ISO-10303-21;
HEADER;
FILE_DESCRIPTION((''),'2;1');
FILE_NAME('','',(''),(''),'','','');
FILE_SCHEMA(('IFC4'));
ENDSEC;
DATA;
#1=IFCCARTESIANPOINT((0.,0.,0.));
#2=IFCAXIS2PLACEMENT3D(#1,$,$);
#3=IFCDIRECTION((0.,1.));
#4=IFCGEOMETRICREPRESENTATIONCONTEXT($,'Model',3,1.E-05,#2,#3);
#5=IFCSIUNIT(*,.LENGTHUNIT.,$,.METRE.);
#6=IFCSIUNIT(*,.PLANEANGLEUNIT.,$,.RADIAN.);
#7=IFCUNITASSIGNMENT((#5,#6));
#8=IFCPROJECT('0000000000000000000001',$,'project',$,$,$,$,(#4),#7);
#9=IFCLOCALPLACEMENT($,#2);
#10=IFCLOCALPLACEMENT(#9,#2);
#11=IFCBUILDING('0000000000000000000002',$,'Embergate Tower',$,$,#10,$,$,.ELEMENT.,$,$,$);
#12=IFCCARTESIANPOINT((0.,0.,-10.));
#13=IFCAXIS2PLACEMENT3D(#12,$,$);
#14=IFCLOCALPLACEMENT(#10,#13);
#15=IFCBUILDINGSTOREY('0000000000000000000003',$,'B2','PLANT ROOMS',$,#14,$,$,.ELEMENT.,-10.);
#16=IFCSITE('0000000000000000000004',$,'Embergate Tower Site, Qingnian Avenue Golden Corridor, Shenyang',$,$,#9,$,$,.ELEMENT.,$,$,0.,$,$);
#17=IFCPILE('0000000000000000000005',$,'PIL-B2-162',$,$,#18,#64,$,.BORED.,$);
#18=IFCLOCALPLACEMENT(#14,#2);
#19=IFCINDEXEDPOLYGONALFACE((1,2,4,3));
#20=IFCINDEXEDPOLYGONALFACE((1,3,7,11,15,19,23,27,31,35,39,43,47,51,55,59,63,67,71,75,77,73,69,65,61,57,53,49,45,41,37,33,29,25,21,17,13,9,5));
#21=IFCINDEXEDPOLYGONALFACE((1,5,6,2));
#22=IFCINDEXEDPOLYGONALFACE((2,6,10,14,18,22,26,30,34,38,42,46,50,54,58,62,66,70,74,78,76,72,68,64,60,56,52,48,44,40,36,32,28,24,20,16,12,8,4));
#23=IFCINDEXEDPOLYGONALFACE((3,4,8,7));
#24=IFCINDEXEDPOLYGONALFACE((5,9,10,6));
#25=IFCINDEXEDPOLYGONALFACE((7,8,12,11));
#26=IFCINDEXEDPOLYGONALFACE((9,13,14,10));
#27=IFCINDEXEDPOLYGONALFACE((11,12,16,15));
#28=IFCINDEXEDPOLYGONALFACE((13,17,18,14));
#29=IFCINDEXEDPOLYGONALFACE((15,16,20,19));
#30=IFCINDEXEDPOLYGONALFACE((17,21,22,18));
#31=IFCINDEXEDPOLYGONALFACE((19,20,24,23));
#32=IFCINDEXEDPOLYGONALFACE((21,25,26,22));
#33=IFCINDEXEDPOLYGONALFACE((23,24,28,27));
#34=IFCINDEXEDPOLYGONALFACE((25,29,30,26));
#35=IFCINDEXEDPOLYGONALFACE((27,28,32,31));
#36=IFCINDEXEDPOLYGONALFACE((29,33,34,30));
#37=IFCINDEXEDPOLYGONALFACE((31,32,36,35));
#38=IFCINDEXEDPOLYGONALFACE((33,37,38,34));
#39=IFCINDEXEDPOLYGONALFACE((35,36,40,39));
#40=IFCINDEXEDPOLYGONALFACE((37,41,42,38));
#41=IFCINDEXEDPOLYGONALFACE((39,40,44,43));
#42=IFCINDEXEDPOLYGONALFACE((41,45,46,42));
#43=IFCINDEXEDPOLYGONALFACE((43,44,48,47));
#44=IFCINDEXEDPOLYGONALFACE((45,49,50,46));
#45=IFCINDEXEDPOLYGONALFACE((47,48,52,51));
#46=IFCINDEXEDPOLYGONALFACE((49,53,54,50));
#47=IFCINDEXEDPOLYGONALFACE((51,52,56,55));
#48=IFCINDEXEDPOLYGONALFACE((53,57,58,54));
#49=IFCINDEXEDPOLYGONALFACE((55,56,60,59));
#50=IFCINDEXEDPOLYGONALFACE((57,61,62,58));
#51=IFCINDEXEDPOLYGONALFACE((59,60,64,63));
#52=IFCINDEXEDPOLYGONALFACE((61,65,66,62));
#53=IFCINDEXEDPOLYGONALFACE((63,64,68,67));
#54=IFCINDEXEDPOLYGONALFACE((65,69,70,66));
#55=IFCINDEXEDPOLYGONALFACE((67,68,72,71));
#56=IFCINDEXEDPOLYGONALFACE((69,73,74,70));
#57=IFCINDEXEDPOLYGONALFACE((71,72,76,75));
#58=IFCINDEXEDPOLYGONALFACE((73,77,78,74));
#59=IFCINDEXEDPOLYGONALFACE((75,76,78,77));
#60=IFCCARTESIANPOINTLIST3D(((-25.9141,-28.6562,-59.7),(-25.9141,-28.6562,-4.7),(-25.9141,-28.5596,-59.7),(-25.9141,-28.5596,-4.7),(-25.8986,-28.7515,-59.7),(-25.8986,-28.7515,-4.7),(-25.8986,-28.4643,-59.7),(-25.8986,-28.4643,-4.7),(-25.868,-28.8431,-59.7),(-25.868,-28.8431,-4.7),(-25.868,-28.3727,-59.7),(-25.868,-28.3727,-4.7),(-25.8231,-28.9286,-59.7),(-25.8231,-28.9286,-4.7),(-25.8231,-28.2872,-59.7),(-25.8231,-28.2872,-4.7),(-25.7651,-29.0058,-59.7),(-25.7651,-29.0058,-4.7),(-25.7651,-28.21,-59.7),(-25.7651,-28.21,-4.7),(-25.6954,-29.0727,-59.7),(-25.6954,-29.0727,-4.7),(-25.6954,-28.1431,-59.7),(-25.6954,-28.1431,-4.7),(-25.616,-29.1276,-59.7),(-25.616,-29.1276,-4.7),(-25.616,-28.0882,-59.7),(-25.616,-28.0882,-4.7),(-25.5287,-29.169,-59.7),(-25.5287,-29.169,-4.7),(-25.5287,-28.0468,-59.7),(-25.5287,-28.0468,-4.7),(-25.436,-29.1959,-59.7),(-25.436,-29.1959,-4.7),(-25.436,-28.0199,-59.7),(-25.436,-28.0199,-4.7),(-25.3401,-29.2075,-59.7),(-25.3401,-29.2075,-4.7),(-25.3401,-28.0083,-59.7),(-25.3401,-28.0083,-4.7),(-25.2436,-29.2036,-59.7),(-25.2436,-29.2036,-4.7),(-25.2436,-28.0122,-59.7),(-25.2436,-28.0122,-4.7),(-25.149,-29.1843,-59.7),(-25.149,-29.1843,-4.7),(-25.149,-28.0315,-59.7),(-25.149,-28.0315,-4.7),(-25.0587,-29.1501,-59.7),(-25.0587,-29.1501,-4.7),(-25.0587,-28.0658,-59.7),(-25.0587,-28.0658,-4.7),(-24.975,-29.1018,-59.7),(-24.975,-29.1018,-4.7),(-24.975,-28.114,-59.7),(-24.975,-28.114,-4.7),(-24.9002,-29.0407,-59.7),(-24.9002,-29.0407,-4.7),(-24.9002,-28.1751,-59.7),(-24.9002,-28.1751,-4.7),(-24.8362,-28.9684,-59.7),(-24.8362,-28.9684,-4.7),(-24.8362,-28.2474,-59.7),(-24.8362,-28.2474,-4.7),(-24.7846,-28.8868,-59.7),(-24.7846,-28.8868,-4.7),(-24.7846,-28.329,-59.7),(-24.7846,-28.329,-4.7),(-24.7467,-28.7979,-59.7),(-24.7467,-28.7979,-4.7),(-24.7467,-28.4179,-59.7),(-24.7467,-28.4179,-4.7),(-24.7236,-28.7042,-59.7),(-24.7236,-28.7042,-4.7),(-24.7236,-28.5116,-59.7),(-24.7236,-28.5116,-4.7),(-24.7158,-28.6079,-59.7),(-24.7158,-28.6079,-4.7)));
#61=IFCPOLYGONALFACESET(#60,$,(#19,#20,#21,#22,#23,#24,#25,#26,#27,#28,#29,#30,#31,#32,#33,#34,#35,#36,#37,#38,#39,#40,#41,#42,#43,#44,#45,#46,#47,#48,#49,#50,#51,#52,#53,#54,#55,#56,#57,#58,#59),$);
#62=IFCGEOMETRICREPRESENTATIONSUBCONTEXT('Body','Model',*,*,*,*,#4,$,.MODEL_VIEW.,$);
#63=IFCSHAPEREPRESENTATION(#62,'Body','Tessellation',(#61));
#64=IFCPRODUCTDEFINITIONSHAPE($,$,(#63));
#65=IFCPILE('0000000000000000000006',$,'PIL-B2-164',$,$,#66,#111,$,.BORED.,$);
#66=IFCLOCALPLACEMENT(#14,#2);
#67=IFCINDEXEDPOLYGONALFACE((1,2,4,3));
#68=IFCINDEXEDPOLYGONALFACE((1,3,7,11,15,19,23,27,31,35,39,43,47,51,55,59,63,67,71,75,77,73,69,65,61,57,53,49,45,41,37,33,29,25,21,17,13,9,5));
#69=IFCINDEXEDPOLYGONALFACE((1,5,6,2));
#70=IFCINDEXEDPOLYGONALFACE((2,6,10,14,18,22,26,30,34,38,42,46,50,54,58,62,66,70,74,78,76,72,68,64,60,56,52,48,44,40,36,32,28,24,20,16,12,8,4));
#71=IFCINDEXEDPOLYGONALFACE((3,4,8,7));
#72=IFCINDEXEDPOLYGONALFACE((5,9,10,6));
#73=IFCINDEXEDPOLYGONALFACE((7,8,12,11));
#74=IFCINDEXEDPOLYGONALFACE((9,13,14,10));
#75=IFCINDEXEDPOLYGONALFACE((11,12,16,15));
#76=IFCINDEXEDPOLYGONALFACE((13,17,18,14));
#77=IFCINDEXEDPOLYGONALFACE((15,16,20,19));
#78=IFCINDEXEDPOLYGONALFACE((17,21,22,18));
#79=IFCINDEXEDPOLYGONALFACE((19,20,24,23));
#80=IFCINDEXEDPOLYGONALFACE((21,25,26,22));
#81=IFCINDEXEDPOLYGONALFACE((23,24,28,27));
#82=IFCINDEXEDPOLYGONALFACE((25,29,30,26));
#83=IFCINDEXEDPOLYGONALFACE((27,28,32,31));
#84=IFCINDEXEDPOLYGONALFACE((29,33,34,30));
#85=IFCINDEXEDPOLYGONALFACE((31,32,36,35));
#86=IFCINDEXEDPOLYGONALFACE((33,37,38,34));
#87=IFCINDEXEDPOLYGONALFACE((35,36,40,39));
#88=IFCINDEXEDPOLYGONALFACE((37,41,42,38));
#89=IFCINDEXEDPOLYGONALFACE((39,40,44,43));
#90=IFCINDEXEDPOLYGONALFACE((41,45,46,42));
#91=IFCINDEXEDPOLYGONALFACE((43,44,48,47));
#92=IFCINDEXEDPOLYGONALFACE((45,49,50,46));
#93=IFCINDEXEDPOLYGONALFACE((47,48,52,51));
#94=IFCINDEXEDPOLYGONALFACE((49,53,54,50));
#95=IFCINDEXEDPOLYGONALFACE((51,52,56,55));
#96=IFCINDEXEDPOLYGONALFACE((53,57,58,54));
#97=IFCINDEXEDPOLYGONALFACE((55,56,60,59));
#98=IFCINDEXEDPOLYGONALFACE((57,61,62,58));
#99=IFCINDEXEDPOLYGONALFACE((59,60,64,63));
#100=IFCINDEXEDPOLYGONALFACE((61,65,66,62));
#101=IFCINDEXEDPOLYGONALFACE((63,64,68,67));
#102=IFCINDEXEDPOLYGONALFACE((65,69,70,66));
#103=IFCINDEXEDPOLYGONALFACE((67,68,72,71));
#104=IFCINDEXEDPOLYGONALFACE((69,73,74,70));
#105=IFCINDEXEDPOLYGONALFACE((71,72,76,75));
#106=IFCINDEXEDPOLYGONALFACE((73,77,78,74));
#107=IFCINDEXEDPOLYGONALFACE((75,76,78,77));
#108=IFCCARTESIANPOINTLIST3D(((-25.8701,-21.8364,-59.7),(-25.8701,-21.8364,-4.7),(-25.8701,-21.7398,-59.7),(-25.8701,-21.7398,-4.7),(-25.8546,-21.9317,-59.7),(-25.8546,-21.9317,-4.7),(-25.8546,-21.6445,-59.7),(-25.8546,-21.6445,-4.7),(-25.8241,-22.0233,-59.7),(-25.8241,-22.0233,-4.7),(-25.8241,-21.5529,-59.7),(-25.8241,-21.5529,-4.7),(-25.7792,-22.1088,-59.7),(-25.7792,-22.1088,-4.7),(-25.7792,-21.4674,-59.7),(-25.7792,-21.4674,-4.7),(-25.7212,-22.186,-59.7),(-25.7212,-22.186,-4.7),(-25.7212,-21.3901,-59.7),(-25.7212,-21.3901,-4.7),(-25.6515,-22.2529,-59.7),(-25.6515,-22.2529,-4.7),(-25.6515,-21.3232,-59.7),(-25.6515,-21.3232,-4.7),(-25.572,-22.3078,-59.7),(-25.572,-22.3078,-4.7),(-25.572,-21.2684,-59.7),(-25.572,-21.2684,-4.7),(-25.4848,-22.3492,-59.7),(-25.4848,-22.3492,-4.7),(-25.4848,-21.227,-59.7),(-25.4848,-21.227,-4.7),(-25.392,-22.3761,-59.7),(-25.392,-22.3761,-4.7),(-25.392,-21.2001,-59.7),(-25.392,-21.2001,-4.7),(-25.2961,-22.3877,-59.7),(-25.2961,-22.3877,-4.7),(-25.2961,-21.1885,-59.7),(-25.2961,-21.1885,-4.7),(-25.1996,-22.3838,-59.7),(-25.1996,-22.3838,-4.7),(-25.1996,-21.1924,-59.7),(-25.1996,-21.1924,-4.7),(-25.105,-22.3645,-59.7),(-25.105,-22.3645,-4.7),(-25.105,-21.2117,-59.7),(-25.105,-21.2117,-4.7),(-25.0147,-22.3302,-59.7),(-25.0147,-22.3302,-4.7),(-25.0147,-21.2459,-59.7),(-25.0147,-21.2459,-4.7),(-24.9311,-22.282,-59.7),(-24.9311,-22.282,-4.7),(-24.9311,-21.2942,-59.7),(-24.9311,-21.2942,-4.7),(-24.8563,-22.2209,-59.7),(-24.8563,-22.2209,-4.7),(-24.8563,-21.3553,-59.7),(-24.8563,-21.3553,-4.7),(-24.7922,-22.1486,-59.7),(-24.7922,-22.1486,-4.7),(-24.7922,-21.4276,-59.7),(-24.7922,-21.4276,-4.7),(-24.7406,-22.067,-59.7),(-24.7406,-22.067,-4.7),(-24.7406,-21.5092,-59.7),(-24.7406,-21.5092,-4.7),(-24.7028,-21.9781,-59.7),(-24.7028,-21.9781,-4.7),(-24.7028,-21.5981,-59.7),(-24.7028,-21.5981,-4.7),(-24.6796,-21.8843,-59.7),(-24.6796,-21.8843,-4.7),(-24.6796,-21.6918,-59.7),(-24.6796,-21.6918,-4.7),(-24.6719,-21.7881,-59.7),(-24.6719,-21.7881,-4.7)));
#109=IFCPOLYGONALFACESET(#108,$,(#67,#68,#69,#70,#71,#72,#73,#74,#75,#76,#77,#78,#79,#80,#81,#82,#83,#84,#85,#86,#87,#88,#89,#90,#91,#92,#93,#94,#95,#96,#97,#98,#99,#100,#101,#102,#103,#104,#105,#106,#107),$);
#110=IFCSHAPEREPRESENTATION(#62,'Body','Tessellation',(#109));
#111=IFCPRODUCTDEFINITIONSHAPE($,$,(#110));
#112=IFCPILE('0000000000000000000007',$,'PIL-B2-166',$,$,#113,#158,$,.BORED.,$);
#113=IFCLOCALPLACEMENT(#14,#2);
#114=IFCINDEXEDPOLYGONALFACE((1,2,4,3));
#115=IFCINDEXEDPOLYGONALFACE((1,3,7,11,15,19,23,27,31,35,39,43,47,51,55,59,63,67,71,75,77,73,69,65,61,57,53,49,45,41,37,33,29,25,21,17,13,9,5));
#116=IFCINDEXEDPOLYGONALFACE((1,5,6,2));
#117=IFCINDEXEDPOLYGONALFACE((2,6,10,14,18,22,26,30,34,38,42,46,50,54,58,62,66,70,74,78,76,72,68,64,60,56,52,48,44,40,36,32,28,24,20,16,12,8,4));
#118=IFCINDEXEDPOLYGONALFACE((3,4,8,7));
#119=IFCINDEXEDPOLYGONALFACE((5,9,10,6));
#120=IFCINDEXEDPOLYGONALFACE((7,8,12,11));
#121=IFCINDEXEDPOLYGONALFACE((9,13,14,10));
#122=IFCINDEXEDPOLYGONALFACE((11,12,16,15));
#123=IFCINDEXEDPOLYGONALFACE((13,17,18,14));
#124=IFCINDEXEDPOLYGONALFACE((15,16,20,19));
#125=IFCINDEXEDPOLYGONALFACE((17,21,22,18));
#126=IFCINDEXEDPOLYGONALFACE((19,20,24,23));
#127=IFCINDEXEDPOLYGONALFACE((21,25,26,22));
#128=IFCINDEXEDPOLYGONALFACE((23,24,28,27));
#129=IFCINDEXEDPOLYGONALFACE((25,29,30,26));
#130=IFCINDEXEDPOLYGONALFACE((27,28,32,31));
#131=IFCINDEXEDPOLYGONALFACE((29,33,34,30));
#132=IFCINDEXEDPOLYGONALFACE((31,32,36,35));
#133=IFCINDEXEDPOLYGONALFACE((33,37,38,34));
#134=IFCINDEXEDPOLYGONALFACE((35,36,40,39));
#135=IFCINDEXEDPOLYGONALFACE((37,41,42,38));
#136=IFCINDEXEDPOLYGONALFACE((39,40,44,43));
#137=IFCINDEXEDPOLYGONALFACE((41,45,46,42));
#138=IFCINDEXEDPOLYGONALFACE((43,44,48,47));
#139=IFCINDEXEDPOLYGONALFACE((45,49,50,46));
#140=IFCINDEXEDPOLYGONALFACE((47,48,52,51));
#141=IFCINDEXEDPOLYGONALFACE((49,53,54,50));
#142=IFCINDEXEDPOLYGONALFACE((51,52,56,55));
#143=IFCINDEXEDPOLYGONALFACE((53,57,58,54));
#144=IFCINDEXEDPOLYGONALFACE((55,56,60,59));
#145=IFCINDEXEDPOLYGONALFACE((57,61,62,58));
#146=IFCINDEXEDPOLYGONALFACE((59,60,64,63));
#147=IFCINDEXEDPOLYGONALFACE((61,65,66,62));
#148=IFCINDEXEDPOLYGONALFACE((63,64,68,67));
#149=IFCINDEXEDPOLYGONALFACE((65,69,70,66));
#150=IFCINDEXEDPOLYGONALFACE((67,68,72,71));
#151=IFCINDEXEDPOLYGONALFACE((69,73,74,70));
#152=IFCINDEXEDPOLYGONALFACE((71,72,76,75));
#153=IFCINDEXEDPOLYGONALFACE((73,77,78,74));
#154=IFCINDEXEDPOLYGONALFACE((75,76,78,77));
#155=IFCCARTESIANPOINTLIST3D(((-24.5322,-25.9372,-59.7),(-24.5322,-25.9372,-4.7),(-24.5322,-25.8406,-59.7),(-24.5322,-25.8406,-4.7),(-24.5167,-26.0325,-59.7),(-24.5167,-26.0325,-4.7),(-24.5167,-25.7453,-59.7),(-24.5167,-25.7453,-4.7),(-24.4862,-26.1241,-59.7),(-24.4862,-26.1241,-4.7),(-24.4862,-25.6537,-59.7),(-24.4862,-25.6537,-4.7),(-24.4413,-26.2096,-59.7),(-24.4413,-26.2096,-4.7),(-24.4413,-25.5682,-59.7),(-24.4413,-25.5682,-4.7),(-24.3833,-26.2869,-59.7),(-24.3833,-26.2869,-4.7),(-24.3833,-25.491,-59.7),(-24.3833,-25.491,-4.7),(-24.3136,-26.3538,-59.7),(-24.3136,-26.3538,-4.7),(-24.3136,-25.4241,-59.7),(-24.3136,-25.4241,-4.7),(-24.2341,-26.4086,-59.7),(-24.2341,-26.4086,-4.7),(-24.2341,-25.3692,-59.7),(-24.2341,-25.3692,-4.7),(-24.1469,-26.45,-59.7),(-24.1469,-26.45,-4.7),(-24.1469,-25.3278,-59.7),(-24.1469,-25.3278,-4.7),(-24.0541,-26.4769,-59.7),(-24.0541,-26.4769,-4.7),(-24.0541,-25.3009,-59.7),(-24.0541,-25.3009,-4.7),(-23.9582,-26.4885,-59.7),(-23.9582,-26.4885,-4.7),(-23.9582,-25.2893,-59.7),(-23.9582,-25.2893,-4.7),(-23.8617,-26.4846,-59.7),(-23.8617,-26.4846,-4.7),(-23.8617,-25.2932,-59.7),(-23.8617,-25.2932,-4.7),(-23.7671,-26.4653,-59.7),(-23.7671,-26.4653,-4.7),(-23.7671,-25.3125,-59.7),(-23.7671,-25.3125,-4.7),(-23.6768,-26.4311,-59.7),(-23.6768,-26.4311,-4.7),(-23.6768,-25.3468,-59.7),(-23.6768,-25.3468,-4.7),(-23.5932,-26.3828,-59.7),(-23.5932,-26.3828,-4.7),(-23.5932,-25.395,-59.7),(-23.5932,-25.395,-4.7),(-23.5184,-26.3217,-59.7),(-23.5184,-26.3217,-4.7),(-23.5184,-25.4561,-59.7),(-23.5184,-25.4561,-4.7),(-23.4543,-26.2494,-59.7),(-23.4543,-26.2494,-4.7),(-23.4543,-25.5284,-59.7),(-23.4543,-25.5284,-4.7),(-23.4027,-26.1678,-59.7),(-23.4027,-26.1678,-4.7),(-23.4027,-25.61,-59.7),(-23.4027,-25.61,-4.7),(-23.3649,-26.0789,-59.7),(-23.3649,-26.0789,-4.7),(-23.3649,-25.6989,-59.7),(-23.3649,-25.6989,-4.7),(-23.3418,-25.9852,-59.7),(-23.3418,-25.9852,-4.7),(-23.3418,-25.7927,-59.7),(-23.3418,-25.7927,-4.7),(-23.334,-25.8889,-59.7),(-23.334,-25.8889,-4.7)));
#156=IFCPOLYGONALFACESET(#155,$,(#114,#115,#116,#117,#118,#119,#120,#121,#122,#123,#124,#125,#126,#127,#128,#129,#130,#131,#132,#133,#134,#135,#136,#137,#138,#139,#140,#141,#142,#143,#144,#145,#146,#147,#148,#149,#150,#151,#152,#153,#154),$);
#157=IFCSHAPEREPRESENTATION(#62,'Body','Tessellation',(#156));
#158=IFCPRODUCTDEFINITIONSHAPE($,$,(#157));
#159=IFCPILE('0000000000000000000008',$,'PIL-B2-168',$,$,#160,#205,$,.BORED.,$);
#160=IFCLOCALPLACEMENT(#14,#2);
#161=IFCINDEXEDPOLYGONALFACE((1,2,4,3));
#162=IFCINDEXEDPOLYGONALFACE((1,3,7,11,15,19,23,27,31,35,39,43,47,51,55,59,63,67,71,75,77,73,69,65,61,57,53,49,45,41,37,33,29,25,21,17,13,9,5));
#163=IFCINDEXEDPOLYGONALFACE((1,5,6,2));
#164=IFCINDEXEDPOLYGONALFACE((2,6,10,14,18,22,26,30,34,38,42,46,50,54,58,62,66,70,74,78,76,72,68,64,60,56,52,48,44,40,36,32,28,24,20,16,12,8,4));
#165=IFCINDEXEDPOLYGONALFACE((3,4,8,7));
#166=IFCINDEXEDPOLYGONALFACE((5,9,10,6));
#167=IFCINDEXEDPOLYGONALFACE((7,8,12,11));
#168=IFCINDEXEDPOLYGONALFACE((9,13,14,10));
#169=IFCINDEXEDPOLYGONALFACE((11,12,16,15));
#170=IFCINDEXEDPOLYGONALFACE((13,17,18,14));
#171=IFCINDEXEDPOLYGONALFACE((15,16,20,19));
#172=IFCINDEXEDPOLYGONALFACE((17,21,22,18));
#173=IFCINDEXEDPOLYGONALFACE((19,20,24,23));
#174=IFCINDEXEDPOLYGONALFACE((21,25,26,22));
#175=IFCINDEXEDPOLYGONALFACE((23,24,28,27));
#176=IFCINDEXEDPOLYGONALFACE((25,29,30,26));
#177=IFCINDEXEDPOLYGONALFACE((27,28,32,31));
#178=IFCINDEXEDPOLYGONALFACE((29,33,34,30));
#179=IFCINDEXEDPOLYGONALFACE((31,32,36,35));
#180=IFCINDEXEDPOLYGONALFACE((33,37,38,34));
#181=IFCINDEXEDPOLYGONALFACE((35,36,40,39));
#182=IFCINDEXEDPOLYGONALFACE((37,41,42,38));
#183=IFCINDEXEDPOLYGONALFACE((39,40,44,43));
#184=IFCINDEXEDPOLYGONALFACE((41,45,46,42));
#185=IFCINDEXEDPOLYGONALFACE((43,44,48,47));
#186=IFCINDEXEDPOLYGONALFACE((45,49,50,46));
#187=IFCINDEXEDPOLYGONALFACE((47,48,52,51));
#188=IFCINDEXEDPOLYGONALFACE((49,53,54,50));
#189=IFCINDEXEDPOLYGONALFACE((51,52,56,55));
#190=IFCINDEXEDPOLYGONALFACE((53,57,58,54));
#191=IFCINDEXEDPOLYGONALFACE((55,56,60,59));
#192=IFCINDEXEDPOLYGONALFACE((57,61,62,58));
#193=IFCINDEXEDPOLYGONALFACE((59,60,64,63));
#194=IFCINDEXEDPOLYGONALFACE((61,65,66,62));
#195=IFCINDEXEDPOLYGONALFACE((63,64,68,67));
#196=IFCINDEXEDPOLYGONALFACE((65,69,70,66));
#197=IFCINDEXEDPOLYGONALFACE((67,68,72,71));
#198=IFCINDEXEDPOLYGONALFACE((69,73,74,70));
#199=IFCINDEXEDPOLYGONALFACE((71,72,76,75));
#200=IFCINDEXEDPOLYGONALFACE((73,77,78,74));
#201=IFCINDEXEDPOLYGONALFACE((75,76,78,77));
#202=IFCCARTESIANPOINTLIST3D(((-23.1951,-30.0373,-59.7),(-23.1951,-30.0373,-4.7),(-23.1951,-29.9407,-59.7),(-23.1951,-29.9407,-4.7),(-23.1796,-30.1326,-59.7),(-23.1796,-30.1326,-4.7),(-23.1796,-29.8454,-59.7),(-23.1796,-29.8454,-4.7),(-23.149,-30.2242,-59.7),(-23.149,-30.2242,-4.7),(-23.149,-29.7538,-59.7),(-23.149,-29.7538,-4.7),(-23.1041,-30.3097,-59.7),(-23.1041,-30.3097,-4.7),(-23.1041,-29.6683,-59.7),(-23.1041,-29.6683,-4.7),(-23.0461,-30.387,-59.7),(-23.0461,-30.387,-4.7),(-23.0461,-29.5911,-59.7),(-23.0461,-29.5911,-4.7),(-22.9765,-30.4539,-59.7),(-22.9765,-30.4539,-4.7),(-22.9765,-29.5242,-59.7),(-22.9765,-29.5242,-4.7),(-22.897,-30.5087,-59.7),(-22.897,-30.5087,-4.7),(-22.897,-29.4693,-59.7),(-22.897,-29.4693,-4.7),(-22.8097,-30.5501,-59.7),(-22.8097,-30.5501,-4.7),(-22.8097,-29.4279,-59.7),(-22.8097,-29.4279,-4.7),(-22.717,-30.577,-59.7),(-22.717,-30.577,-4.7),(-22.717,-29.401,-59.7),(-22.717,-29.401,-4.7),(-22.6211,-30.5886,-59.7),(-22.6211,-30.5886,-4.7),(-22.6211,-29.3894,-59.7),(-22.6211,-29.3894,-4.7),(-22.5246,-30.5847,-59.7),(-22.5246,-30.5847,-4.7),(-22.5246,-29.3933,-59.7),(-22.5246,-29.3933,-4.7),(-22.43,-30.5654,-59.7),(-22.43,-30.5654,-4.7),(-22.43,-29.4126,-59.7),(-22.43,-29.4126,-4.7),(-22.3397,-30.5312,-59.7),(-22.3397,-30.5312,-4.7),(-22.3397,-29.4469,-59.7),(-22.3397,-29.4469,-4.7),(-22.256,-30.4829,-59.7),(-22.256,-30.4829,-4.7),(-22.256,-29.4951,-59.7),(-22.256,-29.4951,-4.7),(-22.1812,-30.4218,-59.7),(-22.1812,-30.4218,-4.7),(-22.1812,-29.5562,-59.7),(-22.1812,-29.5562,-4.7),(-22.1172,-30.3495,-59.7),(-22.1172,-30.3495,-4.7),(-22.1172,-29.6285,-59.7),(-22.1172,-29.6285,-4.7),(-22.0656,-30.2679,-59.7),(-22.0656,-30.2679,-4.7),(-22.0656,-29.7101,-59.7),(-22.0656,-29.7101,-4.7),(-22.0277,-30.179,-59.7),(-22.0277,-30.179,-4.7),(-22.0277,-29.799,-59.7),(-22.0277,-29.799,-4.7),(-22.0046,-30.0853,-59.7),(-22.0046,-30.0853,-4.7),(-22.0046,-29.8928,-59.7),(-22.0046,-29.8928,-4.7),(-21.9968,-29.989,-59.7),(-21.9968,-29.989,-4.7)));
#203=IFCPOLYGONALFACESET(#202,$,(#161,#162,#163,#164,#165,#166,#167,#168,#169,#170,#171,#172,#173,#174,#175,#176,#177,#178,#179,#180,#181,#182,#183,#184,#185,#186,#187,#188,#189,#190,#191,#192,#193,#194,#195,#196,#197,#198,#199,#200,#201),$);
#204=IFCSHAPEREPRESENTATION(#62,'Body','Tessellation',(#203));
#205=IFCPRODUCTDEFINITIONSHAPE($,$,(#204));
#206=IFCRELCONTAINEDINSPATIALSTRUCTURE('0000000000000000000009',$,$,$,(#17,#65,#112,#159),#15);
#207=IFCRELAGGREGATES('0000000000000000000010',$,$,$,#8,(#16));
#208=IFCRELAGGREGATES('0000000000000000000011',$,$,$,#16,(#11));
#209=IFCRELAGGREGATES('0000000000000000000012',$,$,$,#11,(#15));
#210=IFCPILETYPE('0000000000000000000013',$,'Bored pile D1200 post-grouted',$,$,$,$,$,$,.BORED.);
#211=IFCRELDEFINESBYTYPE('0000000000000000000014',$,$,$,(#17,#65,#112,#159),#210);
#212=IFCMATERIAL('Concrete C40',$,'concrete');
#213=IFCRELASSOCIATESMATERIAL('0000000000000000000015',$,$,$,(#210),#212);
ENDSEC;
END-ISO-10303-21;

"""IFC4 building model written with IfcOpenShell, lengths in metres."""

from ifc_helpers import new_model, si_unit, direction, frame, origin, origin_2d, place, context, subcontext, project, spatial, circle, extrude, source, transform, mapped, material, material_profile, profile_set, type_object, element, save


model = new_model("IFC4")

# Units and contexts
model_context = context("Model", 3, precision=1e-05, world=origin(), true_north=direction((0.0, 1.0)))
body_context = subcontext(model_context, "Body", "Model", "MODEL_VIEW")
ifc_project = project(units=[si_unit("LENGTHUNIT", "METRE"), si_unit("PLANEANGLEUNIT", "RADIAN")], contexts=[model_context])

# Site, building, storey
site_placement = place(None, origin())
site = spatial("IfcSite", under=ifc_project, at=site_placement, Name="Embergate Tower Site, Qingnian Avenue Golden Corridor, Shenyang", CompositionType="ELEMENT", RefElevation=0.0)
building_placement = place(site_placement, origin())
building = spatial("IfcBuilding", under=site, at=building_placement, Name="Embergate Tower", CompositionType="ELEMENT")
storey_placement = place(building_placement, frame((0.0, 0.0, -10.0)))
storey = spatial("IfcBuildingStorey", under=building, at=storey_placement, Name="B2", Description="PLANT ROOMS", CompositionType="ELEMENT", Elevation=-10.0)

# Piles
ifc_material_1 = material(Name="Concrete C40", Category="concrete")
ifc_material_profile = material_profile(ifc_material_1, circle(Radius=0.6001, at=origin_2d()), Name="D1200")
ifc_profile_set = profile_set([ifc_material_profile], Name="Concrete C40")
pile_type = type_object("IfcPileType", Name="Bored pile D1200 post-grouted", PredefinedType="BORED", material=ifc_profile_set)
shared_shape_1 = source(origin(), body_context, "Body", "SweptSolid", [
    extrude(circle(Radius=0.6001, at=origin_2d()), origin(), (0.0, 0.0, 1.0), 55.0),
])
for number, where, z_axis, x_axis, name in (
    (1, (-25.3159, -28.6079, -4.7), (0.0, 0.0, -1.0), (1.0, 0.0, 0.0), "PIL-B2-162"),
    (2, (-25.272, -21.7881, -4.7), (0.0, 0.0, -1.0), (1.0, 0.0, 0.0), "PIL-B2-164"),
    (3, (-23.9341, -25.8889, -4.7), (0.0, 0.0, -1.0), (1.0, 0.0, 0.0), "PIL-B2-166"),
    (4, (-22.5969, -29.989, -4.7), (0.0, 0.0, -1.0), (1.0, 0.0, 0.0), "PIL-B2-168"),
):
    element("IfcPile", number, at=place(storey_placement, frame(where, z_axis=z_axis, x_axis=x_axis)), inside=storey, type_object=pile_type, Name=name, PredefinedType="BORED", context=body_context, shape_type="MappedRepresentation", body=[
        mapped(shared_shape_1, transform((0.0, 0.0, 0.0))),
    ])

save(model, "model.ifc")
